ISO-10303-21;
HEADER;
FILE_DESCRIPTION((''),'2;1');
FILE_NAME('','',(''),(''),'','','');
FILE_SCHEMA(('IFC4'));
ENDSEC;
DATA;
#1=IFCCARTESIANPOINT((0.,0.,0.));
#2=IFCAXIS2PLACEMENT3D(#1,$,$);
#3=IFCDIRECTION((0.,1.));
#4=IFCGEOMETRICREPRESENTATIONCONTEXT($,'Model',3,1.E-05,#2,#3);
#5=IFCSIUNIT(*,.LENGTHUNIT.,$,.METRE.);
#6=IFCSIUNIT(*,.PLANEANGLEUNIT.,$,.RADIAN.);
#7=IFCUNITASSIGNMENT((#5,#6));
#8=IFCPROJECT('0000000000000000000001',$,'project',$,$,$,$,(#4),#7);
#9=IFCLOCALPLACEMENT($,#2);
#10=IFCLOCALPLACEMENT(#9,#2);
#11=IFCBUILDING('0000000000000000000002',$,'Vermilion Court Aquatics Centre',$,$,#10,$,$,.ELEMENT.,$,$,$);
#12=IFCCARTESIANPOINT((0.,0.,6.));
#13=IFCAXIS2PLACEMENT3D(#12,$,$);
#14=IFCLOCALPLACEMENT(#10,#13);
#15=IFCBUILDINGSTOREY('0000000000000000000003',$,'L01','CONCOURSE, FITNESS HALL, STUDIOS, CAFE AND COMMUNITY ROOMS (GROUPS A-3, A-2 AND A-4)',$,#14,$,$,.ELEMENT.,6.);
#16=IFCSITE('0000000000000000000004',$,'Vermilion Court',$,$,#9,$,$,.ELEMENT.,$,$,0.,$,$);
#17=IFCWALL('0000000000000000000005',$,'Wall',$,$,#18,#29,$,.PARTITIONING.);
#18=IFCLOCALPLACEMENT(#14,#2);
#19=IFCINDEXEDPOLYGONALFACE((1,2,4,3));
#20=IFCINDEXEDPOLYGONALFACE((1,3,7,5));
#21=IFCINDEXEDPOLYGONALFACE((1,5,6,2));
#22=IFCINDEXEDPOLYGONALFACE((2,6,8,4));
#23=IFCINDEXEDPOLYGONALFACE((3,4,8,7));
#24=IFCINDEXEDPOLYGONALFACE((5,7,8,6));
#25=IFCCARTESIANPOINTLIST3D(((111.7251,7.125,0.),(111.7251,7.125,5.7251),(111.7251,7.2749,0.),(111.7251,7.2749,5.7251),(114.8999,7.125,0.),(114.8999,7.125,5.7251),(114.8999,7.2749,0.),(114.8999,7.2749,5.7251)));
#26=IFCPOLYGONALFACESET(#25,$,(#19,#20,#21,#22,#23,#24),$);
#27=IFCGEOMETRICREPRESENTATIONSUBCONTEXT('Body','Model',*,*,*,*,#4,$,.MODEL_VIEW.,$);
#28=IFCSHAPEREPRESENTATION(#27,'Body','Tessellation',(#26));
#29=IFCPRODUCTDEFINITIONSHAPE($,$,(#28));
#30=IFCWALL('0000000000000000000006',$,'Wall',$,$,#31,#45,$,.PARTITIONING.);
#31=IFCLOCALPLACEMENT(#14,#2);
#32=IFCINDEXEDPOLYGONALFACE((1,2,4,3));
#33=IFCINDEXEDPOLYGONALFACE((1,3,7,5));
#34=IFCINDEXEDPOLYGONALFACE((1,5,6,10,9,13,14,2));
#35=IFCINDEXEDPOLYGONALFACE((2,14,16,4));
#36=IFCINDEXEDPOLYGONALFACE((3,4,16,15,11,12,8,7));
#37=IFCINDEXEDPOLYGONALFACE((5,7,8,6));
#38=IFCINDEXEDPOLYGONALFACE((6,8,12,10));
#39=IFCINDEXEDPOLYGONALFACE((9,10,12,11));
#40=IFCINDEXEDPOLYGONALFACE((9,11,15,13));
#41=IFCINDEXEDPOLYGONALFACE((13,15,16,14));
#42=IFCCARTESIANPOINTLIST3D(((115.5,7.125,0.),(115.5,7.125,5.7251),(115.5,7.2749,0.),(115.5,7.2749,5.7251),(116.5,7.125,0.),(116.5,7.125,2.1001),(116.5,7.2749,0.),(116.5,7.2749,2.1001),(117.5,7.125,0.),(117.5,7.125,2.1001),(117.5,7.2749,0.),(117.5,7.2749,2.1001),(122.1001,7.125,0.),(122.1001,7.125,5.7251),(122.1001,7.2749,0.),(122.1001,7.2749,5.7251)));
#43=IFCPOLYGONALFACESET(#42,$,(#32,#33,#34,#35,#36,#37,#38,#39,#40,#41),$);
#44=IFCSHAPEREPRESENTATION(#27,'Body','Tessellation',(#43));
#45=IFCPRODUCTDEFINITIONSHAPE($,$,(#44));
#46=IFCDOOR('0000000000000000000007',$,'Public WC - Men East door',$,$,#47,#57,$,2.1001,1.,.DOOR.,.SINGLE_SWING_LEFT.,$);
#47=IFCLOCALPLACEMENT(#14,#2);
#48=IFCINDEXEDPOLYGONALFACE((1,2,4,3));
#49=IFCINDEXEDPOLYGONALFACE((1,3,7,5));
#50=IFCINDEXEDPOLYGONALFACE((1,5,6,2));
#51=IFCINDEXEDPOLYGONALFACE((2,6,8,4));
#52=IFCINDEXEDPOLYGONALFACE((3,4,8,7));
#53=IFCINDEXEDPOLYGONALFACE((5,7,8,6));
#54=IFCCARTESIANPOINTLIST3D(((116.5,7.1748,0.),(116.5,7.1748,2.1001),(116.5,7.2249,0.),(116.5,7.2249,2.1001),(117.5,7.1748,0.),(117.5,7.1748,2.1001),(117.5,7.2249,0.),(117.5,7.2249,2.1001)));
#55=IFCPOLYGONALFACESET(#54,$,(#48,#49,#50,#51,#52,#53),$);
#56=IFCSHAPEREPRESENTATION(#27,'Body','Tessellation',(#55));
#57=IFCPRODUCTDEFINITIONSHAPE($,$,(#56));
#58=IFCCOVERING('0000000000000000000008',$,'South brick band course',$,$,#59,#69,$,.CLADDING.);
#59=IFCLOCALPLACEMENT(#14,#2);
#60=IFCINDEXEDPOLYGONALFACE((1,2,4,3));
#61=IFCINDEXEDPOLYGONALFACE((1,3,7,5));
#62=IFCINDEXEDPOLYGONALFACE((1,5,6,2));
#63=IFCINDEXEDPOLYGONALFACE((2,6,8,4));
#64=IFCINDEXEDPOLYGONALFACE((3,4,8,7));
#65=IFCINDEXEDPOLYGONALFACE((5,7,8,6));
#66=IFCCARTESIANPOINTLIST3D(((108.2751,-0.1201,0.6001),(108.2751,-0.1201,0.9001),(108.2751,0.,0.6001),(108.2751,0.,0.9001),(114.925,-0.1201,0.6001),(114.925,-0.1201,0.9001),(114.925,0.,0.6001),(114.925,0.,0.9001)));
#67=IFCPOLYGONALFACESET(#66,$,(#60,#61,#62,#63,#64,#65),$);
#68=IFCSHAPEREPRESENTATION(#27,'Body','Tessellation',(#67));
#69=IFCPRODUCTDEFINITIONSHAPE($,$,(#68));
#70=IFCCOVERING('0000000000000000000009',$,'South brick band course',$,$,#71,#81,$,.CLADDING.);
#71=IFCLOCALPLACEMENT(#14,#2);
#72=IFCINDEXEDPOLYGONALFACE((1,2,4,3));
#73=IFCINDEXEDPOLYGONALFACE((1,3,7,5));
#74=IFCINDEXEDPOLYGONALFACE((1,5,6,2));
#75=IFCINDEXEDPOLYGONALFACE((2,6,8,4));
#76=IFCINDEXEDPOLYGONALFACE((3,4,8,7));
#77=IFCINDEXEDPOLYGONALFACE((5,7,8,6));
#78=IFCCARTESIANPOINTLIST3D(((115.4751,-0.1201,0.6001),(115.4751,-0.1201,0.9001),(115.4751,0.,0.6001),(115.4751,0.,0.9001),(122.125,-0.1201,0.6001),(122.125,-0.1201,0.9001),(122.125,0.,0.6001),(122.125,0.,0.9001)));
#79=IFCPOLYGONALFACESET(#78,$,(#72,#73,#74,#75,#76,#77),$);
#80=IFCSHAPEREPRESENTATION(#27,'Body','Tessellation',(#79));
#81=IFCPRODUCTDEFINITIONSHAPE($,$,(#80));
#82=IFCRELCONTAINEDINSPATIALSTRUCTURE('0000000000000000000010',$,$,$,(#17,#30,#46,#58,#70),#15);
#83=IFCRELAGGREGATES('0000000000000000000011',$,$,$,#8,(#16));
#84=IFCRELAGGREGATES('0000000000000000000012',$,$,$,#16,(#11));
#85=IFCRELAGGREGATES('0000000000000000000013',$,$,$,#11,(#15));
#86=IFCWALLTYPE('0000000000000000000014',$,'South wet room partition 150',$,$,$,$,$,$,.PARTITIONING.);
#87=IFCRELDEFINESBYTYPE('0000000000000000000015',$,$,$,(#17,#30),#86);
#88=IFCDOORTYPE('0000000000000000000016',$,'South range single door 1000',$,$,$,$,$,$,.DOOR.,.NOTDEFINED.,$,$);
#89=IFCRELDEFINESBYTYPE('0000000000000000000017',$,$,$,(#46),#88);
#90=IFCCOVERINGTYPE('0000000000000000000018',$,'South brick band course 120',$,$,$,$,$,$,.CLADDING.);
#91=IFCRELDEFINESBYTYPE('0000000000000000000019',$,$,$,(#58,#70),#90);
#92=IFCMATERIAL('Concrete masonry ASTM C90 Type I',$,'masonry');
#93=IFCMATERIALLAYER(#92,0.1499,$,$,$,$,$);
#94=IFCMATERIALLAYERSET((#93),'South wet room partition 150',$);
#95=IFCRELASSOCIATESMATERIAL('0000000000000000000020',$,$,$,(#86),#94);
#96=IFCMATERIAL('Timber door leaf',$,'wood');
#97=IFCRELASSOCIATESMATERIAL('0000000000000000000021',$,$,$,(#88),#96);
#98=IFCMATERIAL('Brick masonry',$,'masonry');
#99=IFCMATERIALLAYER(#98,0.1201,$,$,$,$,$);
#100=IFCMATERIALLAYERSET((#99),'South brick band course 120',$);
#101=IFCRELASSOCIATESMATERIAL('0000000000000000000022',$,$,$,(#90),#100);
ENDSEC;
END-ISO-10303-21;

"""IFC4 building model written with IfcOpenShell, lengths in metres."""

from ifc_helpers import new_model, si_unit, direction, frame, frame_2d, origin, origin_2d, place, context, subcontext, project, spatial, rectangle, extrude, material, layer, layer_set, type_object, element, fill, save


model = new_model("IFC4")

# Units and contexts
model_context = context("Model", 3, precision=1e-05, world=origin(), true_north=direction((0.0, 1.0)))
body_context = subcontext(model_context, "Body", "Model", "MODEL_VIEW")
ifc_project = project(units=[si_unit("LENGTHUNIT", "METRE"), si_unit("PLANEANGLEUNIT", "RADIAN")], contexts=[model_context])

# Site, building, storey
site_placement = place(None, origin())
site = spatial("IfcSite", under=ifc_project, at=site_placement, Name="Vermilion Court", CompositionType="ELEMENT", RefElevation=0.0)
building_placement = place(site_placement, origin())
building = spatial("IfcBuilding", under=site, at=building_placement, Name="Vermilion Court Aquatics Centre", CompositionType="ELEMENT")
storey_placement = place(building_placement, frame((0.0, 0.0, 6.0)))
storey = spatial("IfcBuildingStorey", under=building, at=storey_placement, Name="L01", Description="CONCOURSE, FITNESS HALL, STUDIOS, CAFE AND COMMUNITY ROOMS (GROUPS A-3, A-2 AND A-4)", CompositionType="ELEMENT", Elevation=6.0)

# Wall
ifc_material_1 = material(Name="Concrete masonry ASTM C90 Type I", Category="masonry")
ifc_layer_1 = layer(ifc_material_1, 0.1499)
ifc_layer_set_1 = layer_set([ifc_layer_1], Name="South wet room partition 150")
wall_type_1 = type_object("IfcWallType", Name="South wet room partition 150", PredefinedType="PARTITIONING", material=ifc_layer_set_1)
wall_1_placement = place(storey_placement, frame((111.7251, 7.2, 0.0), z_axis=(0.0, 0.0, 1.0), x_axis=(1.0, 0.0, 0.0)))
element("IfcWall", 1, at=wall_1_placement, inside=storey, type_object=wall_type_1, Name="Wall", PredefinedType="PARTITIONING", context=body_context, shape_type="SweptSolid", body=[
    extrude(rectangle(XDim=3.1748, YDim=0.1499, at=frame_2d((1.5874, 0.0))), origin(), (0.0, 0.0, 1.0), 5.7251),
])

# Wall, opening, door
wall_2_placement = place(storey_placement, frame((115.5, 7.2, 0.0), z_axis=(0.0, 0.0, 1.0), x_axis=(1.0, 0.0, 0.0)))
wall_2 = element("IfcWall", 2, at=wall_2_placement, inside=storey, type_object=wall_type_1, Name="Wall", PredefinedType="PARTITIONING", context=body_context, shape_type="SweptSolid", body=[
    extrude(rectangle(XDim=6.6001, YDim=0.1499, at=frame_2d((3.3, 0.0))), origin(), (0.0, 0.0, 1.0), 5.7251),
])
opening_1_placement = place(wall_2_placement, frame((1.0, 0.0, 0.0)))
opening_1 = element("IfcOpeningElement", 3, at=opening_1_placement, cuts=wall_2, PredefinedType="OPENING", context=body_context, shape_type="SweptSolid", body=[
    extrude(rectangle(XDim=1.0, YDim=2.1001, at=frame_2d((0.5, 1.05))), frame((0.0, 0.085, 0.0), z_axis=(0.0, -1.0, 0.0), x_axis=(1.0, 0.0, 0.0)), (0.0, 0.0, 1.0), 0.1699),
])
ifc_material_2 = material(Name="Timber door leaf", Category="wood")
door_type = type_object("IfcDoorType", Name="South range single door 1000", OperationType="NOTDEFINED", PredefinedType="DOOR", material=ifc_material_2)
door_placement = place(opening_1_placement, frame((1.0, 0.0, 0.0), z_axis=(0.0, 0.0, 1.0), x_axis=(-1.0, 0.0, 0.0)))
door = element("IfcDoor", 4, at=door_placement, inside=storey, type_object=door_type, Name="Public WC - Men East door", OperationType="SINGLE_SWING_LEFT", OverallHeight=2.1001, OverallWidth=1.0, PredefinedType="DOOR", context=body_context, shape_type="SweptSolid", body=[
    extrude(rectangle(XDim=1.0, YDim=2.1001, at=frame_2d((0.5, 1.05))), frame((0.0, 0.0251, 0.0), z_axis=(0.0, -1.0, 0.0), x_axis=(1.0, 0.0, 0.0)), (0.0, 0.0, 1.0), 0.05),
])
fill(opening_1, door)

# Coverings
ifc_material_3 = material(Name="Brick masonry", Category="masonry")
ifc_layer_2 = layer(ifc_material_3, 0.1201)
ifc_layer_set_2 = layer_set([ifc_layer_2], Name="South brick band course 120")
covering_type = type_object("IfcCoveringType", Name="South brick band course 120", PredefinedType="CLADDING", material=ifc_layer_set_2)
for number, where, z_axis, x_axis, name in (
    (5, (111.6001, -0.0601, 0.6001), (0.0, 0.0, 1.0), (1.0, 0.0, 0.0), "South brick band course"),
    (6, (118.8, -0.0601, 0.6001), (0.0, 0.0, 1.0), (1.0, 0.0, 0.0), "South brick band course"),
):
    element("IfcCovering", number, at=place(storey_placement, frame(where, z_axis=z_axis, x_axis=x_axis)), inside=storey, type_object=covering_type, Name=name, PredefinedType="CLADDING", context=body_context, shape_type="SweptSolid", body=[
        extrude(rectangle(XDim=6.6499, YDim=0.1201, at=origin_2d()), origin(), (0.0, 0.0, 1.0), 0.3),
    ])

save(model, "model.ifc")
